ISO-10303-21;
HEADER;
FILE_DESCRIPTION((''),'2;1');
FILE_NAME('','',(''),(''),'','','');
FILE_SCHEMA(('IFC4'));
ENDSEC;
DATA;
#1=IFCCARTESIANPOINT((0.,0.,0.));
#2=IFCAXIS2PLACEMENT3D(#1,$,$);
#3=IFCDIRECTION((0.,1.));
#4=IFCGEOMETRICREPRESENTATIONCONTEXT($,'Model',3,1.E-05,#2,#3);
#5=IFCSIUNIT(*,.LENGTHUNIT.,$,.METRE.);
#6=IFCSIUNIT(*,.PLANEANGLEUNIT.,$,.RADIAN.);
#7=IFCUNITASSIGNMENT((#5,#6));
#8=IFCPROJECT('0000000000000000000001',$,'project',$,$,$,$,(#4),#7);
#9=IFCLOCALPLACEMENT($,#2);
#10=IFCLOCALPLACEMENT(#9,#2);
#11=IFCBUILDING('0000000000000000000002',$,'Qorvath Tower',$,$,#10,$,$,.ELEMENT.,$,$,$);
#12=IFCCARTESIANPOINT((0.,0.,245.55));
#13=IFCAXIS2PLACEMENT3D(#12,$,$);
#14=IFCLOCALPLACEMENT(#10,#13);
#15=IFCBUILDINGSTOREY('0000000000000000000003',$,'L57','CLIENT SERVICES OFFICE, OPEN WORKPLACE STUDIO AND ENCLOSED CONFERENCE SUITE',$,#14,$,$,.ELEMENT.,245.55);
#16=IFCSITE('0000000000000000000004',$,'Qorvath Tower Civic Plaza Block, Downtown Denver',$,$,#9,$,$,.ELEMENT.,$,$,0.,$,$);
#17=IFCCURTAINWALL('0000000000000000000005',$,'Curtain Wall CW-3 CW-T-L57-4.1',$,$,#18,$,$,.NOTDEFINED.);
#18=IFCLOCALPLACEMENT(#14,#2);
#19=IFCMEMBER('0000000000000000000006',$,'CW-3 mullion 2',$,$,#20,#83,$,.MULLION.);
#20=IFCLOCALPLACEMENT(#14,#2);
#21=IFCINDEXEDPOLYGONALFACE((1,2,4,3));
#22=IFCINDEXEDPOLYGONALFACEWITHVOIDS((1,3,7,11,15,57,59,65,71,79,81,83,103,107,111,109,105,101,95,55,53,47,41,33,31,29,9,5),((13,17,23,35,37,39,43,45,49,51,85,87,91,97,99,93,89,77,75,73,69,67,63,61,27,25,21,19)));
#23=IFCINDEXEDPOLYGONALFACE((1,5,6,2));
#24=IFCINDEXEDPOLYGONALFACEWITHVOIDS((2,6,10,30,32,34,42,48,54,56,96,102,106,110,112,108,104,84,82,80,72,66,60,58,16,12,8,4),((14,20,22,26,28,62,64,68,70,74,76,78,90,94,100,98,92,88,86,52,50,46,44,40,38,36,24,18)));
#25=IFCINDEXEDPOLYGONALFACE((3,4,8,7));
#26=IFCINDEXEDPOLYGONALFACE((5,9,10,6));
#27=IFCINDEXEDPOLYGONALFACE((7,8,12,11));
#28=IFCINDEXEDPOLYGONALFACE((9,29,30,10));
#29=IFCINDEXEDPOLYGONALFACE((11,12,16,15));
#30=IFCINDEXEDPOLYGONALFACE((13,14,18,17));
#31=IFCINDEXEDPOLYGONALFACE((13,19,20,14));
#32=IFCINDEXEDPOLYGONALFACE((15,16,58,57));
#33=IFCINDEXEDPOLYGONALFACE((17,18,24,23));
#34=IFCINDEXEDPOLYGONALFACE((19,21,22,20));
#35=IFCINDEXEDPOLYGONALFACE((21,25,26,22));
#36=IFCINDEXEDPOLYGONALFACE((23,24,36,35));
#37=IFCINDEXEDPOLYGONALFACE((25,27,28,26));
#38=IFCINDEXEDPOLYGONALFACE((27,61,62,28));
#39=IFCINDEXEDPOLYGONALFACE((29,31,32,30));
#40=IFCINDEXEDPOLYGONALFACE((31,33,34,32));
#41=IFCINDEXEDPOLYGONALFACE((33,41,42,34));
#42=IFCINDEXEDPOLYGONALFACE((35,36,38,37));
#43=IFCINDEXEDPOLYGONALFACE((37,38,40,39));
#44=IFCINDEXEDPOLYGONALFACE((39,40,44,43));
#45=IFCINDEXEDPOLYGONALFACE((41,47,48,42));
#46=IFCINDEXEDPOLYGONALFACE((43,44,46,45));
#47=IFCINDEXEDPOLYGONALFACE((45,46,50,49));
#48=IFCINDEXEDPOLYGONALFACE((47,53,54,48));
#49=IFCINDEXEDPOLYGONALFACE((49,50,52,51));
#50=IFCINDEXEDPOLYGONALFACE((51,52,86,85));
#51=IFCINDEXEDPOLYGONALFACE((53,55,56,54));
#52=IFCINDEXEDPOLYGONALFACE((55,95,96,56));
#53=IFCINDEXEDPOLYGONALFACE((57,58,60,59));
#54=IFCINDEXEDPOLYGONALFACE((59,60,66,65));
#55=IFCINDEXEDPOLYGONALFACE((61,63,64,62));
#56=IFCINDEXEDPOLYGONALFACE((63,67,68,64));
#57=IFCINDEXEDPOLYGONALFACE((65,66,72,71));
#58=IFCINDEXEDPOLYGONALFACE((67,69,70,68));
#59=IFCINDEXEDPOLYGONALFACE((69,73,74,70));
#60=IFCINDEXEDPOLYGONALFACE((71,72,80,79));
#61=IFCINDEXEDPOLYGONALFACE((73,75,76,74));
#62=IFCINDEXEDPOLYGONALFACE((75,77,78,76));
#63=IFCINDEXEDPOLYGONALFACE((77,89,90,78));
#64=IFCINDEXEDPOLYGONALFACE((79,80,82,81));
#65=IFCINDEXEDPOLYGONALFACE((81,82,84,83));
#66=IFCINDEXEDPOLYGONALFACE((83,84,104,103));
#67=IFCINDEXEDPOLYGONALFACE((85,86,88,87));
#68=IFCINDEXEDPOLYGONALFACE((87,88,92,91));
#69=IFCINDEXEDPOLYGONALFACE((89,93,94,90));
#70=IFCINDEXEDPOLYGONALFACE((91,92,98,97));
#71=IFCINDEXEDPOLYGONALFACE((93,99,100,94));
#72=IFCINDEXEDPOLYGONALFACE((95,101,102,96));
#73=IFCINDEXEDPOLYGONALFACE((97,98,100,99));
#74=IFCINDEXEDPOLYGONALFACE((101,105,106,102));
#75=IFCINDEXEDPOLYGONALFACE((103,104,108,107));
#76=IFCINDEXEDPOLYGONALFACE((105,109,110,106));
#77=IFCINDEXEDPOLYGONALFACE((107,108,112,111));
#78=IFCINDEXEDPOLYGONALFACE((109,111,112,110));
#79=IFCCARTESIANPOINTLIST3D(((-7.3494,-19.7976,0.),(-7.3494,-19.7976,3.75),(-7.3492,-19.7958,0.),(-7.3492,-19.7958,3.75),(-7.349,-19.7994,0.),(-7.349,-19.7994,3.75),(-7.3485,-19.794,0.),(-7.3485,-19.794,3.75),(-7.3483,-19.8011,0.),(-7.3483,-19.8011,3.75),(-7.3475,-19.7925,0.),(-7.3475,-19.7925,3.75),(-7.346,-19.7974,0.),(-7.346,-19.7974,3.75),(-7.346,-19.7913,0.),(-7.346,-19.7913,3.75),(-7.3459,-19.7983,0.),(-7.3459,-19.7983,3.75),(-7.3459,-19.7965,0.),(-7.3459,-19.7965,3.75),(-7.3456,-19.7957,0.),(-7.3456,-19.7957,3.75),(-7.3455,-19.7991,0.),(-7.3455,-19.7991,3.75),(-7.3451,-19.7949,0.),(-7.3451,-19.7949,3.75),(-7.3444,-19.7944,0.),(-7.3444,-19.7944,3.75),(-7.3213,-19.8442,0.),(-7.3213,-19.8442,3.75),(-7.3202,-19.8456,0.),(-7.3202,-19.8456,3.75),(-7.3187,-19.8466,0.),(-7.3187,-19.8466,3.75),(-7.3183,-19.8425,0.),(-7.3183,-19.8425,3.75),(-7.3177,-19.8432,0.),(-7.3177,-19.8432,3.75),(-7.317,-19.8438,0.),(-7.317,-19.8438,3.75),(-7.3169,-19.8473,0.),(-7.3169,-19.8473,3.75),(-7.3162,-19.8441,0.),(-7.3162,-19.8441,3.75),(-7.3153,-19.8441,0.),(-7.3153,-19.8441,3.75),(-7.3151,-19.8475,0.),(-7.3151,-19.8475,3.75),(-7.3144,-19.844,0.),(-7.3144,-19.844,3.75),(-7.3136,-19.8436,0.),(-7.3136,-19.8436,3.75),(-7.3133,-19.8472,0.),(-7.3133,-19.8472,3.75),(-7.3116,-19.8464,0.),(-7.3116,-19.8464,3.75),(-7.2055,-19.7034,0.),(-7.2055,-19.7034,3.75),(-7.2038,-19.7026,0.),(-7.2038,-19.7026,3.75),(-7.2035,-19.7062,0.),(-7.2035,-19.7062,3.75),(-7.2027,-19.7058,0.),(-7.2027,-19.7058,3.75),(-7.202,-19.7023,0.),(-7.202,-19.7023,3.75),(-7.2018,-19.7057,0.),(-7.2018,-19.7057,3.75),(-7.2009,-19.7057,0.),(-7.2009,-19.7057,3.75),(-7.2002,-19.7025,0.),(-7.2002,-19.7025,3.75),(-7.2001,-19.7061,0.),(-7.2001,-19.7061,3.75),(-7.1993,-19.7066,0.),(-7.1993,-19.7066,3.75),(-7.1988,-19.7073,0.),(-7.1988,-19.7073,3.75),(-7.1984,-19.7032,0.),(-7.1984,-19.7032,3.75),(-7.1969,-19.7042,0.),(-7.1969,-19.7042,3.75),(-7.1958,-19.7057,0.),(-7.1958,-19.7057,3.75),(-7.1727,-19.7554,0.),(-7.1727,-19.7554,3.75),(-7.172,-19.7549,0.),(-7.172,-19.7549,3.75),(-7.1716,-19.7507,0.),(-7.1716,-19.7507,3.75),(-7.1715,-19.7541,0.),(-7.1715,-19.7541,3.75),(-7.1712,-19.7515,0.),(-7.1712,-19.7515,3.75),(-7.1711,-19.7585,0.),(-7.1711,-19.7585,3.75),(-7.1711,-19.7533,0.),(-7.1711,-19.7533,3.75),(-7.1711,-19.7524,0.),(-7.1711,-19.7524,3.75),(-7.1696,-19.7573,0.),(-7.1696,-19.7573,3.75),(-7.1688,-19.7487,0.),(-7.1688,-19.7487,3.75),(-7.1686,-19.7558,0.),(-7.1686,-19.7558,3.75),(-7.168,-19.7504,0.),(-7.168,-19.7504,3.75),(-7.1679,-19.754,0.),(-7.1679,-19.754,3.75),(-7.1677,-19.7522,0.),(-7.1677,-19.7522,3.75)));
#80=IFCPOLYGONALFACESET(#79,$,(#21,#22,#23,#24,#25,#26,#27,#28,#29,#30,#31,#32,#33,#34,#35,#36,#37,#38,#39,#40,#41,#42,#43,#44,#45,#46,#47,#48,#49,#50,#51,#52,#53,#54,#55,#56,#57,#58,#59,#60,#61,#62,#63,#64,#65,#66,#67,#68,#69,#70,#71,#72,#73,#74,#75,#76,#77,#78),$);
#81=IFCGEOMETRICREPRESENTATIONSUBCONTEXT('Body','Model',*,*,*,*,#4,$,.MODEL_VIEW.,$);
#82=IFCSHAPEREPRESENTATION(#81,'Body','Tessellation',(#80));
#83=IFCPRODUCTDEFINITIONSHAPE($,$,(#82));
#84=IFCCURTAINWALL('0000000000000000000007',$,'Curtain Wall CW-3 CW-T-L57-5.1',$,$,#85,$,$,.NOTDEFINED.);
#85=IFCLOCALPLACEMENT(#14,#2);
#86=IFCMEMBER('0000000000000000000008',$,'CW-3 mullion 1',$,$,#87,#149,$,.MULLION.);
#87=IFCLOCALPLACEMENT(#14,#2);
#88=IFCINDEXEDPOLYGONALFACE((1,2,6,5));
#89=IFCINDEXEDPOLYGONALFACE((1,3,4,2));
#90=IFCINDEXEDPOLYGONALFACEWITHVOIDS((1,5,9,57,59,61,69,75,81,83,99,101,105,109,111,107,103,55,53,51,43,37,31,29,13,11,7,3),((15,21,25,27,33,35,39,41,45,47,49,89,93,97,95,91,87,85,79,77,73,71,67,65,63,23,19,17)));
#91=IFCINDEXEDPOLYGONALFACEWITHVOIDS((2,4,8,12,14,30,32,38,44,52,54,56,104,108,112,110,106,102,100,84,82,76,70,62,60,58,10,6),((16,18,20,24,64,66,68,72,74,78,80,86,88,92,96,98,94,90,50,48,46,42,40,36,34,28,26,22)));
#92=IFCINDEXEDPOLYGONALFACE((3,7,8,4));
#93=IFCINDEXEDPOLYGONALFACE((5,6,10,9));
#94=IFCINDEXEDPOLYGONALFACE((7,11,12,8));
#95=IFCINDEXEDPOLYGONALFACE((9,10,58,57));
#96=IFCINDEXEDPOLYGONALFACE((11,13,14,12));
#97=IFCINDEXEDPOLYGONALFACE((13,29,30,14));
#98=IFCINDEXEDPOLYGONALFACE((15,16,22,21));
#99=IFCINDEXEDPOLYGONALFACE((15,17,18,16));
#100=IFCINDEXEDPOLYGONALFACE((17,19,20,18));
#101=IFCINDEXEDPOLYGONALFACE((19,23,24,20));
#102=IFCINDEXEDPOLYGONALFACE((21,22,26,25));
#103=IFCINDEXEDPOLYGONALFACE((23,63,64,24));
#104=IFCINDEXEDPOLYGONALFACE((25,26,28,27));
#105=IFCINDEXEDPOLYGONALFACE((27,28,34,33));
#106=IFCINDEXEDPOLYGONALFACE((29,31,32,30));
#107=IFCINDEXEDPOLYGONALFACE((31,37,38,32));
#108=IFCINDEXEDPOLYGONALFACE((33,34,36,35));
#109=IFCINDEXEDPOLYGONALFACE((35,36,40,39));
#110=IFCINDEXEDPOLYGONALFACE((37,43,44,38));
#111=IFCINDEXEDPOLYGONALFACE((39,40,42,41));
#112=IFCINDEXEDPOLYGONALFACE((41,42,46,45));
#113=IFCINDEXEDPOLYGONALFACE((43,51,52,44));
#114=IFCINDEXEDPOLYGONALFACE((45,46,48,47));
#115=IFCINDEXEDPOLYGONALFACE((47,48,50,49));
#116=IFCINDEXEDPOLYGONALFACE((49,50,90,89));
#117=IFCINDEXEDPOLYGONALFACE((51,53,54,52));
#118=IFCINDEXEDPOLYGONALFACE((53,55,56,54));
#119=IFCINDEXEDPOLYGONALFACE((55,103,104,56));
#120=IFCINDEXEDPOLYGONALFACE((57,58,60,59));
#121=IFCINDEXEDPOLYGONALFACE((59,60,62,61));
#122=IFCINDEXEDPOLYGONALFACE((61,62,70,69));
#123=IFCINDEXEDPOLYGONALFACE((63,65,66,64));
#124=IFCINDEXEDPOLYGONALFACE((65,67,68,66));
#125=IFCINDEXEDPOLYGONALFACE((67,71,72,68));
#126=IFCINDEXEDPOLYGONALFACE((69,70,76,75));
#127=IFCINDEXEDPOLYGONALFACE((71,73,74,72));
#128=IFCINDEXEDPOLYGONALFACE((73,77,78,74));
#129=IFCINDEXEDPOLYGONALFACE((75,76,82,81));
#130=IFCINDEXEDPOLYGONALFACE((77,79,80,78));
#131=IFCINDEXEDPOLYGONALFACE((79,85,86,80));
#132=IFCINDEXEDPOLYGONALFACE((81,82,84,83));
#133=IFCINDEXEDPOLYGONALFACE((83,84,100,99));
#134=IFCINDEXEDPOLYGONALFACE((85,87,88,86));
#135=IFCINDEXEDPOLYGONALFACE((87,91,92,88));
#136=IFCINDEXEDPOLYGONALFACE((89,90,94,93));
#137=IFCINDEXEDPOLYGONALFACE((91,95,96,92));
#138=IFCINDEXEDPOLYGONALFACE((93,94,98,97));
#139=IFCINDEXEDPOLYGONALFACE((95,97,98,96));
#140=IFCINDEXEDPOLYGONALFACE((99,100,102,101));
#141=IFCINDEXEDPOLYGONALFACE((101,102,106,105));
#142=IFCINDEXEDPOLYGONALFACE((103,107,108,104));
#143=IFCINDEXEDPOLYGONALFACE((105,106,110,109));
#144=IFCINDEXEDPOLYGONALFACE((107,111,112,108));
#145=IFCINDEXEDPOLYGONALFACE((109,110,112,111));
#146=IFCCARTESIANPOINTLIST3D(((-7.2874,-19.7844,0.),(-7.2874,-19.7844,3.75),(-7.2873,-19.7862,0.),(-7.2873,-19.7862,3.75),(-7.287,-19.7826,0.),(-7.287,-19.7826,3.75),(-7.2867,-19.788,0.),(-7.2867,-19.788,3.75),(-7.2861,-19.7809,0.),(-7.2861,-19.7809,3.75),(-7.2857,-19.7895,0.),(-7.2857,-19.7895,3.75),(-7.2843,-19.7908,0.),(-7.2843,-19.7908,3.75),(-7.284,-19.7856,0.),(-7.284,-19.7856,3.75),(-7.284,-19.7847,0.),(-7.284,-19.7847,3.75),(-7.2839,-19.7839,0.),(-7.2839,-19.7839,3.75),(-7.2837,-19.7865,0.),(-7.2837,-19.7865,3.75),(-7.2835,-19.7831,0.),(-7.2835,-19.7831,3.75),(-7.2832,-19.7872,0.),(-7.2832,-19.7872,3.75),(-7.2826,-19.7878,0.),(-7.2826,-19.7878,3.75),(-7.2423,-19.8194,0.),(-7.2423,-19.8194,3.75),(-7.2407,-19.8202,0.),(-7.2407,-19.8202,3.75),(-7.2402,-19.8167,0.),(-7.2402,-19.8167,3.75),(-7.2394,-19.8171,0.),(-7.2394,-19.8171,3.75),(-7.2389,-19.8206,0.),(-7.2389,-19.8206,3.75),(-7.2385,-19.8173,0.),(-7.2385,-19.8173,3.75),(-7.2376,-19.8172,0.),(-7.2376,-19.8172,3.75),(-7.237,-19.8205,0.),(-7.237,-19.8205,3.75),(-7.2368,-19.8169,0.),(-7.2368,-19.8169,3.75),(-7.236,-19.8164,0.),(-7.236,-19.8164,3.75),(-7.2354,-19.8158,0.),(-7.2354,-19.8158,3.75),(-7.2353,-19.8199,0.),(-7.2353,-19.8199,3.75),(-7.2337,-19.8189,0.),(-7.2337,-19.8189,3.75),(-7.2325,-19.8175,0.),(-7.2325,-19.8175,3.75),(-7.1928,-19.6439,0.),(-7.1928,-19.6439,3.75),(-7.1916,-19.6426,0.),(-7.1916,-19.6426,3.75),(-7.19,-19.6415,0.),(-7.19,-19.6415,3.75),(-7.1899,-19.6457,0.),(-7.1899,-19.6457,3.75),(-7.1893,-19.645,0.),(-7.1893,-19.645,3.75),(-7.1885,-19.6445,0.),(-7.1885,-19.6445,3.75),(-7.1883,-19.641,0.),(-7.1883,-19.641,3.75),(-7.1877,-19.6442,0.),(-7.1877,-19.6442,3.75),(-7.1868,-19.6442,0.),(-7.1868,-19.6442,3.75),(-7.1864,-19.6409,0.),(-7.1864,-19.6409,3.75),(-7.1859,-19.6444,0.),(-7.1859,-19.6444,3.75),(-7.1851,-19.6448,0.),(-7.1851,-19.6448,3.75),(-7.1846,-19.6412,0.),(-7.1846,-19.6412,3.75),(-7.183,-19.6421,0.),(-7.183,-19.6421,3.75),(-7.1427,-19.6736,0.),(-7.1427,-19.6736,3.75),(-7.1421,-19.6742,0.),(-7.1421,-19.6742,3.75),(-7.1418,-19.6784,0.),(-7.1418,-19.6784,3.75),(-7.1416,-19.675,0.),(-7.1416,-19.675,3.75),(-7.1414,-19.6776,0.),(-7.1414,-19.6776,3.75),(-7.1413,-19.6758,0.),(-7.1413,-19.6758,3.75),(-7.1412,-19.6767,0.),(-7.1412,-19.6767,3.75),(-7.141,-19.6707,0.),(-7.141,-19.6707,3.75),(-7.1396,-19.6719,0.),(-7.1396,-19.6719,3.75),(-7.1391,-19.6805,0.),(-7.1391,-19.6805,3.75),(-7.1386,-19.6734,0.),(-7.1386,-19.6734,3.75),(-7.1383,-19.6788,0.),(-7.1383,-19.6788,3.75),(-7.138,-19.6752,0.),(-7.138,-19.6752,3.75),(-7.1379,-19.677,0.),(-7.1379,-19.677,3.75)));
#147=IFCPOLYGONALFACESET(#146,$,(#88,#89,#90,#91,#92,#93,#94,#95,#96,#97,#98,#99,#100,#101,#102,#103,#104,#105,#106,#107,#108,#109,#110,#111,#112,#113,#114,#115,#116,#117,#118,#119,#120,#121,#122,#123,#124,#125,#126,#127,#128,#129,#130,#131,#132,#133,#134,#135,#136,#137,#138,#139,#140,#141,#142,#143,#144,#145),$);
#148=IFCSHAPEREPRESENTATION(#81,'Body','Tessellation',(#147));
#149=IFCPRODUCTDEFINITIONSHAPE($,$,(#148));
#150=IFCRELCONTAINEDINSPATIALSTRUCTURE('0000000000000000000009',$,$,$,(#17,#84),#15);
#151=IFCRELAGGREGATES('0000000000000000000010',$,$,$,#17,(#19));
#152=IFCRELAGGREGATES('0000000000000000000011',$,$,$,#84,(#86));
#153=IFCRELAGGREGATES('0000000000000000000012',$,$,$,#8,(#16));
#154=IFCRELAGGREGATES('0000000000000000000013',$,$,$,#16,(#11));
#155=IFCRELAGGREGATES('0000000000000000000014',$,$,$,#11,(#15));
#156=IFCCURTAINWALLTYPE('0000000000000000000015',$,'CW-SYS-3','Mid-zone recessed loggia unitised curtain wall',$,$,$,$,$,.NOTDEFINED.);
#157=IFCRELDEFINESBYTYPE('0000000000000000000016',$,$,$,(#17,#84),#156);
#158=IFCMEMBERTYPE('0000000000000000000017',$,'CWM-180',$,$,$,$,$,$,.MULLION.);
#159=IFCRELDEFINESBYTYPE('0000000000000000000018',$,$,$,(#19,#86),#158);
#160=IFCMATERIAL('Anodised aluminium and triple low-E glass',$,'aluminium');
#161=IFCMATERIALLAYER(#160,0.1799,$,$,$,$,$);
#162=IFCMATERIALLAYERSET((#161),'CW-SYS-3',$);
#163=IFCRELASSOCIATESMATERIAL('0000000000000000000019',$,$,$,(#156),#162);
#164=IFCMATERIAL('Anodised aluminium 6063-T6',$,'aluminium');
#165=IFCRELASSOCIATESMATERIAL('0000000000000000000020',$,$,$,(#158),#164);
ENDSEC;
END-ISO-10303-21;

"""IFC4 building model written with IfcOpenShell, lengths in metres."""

from ifc_helpers import new_model, si_unit, direction, frame, origin, origin_2d, place, context, subcontext, project, spatial, hollow_rectangle, extrude, material, layer, layer_set, material_profile, profile_set, type_object, element, aggregate, save


model = new_model("IFC4")

# Units and contexts
model_context = context("Model", 3, precision=1e-05, world=origin(), true_north=direction((0.0, 1.0)))
body_context = subcontext(model_context, "Body", "Model", "MODEL_VIEW")
ifc_project = project(units=[si_unit("LENGTHUNIT", "METRE"), si_unit("PLANEANGLEUNIT", "RADIAN")], contexts=[model_context])

# Site, building, storey
site_placement = place(None, origin())
site = spatial("IfcSite", under=ifc_project, at=site_placement, Name="Qorvath Tower Civic Plaza Block, Downtown Denver", CompositionType="ELEMENT", RefElevation=0.0)
building_placement = place(site_placement, origin())
building = spatial("IfcBuilding", under=site, at=building_placement, Name="Qorvath Tower", CompositionType="ELEMENT")
storey_placement = place(building_placement, frame((0.0, 0.0, 245.55)))
storey = spatial("IfcBuildingStorey", under=building, at=storey_placement, Name="L57", Description="CLIENT SERVICES OFFICE, OPEN WORKPLACE STUDIO AND ENCLOSED CONFERENCE SUITE", CompositionType="ELEMENT", Elevation=245.55)

# Shared definitions
ifc_material_1 = material(Name="Anodised aluminium and triple low-E glass", Category="aluminium")
ifc_layer_1 = layer(ifc_material_1, 0.1799)
ifc_layer_set_1 = layer_set([ifc_layer_1], Name="CW-SYS-3")
curtain_wall_type = type_object("IfcCurtainWallType", Name="CW-SYS-3", Description="Mid-zone recessed loggia unitised curtain wall", PredefinedType="NOTDEFINED", material=ifc_layer_set_1)
ifc_material_2 = material(Name="Anodised aluminium 6063-T6", Category="aluminium")
ifc_material_profile_1 = material_profile(ifc_material_2, hollow_rectangle(XDim=0.0649, YDim=0.1799, WallThickness=0.0034, InnerFilletRadius=0.0034, OuterFilletRadius=0.0071, at=origin_2d()), Name="CWM 180x65")
ifc_profile_set_1 = profile_set([ifc_material_profile_1], Name="Anodised aluminium 6063-T6")
member_type_1 = type_object("IfcMemberType", Name="CWM-180", PredefinedType="MULLION", material=ifc_profile_set_1)

# Curtain walls, members
curtain_wall_1_placement = place(storey_placement, origin())
curtain_wall_1 = element("IfcCurtainWall", 1, at=curtain_wall_1_placement, inside=storey, type_object=curtain_wall_type, Name="Curtain Wall CW-3 CW-T-L57-4.1", PredefinedType="NOTDEFINED")
member_1_placement = place(storey_placement, frame((-7.2585, -19.7749, 0.0), z_axis=(0.0, 0.0, 1.0), x_axis=(-0.530487, 0.847693, 0.0)))
member_1 = element("IfcMember", 2, at=member_1_placement, type_object=member_type_1, Name="CW-3 mullion 2", PredefinedType="MULLION", context=body_context, shape_type="SweptSolid", body=[
    extrude(hollow_rectangle(XDim=0.0649, YDim=0.1799, WallThickness=0.0034, InnerFilletRadius=0.0034, OuterFilletRadius=0.0071, at=origin_2d()), origin(), (0.0, 0.0, 1.0), 3.75),
])
curtain_wall_2_placement = place(storey_placement, origin())
curtain_wall_2 = element("IfcCurtainWall", 3, at=curtain_wall_2_placement, inside=storey, type_object=curtain_wall_type, Name="Curtain Wall CW-3 CW-T-L57-5.1", PredefinedType="NOTDEFINED")
member_2_placement = place(storey_placement, frame((-7.2126, -19.7307, 0.0), z_axis=(0.0, 0.0, 1.0), x_axis=(-0.826431, 0.563037, 0.0)))
member_2 = element("IfcMember", 4, at=member_2_placement, type_object=member_type_1, Name="CW-3 mullion 1", PredefinedType="MULLION", context=body_context, shape_type="SweptSolid", body=[
    extrude(hollow_rectangle(XDim=0.0649, YDim=0.1799, WallThickness=0.0034, InnerFilletRadius=0.0034, OuterFilletRadius=0.0071, at=origin_2d()), origin(), (0.0, 0.0, 1.0), 3.75),
])

aggregate(curtain_wall_1, [member_1])
aggregate(curtain_wall_2, [member_2])

save(model, "model.ifc")
